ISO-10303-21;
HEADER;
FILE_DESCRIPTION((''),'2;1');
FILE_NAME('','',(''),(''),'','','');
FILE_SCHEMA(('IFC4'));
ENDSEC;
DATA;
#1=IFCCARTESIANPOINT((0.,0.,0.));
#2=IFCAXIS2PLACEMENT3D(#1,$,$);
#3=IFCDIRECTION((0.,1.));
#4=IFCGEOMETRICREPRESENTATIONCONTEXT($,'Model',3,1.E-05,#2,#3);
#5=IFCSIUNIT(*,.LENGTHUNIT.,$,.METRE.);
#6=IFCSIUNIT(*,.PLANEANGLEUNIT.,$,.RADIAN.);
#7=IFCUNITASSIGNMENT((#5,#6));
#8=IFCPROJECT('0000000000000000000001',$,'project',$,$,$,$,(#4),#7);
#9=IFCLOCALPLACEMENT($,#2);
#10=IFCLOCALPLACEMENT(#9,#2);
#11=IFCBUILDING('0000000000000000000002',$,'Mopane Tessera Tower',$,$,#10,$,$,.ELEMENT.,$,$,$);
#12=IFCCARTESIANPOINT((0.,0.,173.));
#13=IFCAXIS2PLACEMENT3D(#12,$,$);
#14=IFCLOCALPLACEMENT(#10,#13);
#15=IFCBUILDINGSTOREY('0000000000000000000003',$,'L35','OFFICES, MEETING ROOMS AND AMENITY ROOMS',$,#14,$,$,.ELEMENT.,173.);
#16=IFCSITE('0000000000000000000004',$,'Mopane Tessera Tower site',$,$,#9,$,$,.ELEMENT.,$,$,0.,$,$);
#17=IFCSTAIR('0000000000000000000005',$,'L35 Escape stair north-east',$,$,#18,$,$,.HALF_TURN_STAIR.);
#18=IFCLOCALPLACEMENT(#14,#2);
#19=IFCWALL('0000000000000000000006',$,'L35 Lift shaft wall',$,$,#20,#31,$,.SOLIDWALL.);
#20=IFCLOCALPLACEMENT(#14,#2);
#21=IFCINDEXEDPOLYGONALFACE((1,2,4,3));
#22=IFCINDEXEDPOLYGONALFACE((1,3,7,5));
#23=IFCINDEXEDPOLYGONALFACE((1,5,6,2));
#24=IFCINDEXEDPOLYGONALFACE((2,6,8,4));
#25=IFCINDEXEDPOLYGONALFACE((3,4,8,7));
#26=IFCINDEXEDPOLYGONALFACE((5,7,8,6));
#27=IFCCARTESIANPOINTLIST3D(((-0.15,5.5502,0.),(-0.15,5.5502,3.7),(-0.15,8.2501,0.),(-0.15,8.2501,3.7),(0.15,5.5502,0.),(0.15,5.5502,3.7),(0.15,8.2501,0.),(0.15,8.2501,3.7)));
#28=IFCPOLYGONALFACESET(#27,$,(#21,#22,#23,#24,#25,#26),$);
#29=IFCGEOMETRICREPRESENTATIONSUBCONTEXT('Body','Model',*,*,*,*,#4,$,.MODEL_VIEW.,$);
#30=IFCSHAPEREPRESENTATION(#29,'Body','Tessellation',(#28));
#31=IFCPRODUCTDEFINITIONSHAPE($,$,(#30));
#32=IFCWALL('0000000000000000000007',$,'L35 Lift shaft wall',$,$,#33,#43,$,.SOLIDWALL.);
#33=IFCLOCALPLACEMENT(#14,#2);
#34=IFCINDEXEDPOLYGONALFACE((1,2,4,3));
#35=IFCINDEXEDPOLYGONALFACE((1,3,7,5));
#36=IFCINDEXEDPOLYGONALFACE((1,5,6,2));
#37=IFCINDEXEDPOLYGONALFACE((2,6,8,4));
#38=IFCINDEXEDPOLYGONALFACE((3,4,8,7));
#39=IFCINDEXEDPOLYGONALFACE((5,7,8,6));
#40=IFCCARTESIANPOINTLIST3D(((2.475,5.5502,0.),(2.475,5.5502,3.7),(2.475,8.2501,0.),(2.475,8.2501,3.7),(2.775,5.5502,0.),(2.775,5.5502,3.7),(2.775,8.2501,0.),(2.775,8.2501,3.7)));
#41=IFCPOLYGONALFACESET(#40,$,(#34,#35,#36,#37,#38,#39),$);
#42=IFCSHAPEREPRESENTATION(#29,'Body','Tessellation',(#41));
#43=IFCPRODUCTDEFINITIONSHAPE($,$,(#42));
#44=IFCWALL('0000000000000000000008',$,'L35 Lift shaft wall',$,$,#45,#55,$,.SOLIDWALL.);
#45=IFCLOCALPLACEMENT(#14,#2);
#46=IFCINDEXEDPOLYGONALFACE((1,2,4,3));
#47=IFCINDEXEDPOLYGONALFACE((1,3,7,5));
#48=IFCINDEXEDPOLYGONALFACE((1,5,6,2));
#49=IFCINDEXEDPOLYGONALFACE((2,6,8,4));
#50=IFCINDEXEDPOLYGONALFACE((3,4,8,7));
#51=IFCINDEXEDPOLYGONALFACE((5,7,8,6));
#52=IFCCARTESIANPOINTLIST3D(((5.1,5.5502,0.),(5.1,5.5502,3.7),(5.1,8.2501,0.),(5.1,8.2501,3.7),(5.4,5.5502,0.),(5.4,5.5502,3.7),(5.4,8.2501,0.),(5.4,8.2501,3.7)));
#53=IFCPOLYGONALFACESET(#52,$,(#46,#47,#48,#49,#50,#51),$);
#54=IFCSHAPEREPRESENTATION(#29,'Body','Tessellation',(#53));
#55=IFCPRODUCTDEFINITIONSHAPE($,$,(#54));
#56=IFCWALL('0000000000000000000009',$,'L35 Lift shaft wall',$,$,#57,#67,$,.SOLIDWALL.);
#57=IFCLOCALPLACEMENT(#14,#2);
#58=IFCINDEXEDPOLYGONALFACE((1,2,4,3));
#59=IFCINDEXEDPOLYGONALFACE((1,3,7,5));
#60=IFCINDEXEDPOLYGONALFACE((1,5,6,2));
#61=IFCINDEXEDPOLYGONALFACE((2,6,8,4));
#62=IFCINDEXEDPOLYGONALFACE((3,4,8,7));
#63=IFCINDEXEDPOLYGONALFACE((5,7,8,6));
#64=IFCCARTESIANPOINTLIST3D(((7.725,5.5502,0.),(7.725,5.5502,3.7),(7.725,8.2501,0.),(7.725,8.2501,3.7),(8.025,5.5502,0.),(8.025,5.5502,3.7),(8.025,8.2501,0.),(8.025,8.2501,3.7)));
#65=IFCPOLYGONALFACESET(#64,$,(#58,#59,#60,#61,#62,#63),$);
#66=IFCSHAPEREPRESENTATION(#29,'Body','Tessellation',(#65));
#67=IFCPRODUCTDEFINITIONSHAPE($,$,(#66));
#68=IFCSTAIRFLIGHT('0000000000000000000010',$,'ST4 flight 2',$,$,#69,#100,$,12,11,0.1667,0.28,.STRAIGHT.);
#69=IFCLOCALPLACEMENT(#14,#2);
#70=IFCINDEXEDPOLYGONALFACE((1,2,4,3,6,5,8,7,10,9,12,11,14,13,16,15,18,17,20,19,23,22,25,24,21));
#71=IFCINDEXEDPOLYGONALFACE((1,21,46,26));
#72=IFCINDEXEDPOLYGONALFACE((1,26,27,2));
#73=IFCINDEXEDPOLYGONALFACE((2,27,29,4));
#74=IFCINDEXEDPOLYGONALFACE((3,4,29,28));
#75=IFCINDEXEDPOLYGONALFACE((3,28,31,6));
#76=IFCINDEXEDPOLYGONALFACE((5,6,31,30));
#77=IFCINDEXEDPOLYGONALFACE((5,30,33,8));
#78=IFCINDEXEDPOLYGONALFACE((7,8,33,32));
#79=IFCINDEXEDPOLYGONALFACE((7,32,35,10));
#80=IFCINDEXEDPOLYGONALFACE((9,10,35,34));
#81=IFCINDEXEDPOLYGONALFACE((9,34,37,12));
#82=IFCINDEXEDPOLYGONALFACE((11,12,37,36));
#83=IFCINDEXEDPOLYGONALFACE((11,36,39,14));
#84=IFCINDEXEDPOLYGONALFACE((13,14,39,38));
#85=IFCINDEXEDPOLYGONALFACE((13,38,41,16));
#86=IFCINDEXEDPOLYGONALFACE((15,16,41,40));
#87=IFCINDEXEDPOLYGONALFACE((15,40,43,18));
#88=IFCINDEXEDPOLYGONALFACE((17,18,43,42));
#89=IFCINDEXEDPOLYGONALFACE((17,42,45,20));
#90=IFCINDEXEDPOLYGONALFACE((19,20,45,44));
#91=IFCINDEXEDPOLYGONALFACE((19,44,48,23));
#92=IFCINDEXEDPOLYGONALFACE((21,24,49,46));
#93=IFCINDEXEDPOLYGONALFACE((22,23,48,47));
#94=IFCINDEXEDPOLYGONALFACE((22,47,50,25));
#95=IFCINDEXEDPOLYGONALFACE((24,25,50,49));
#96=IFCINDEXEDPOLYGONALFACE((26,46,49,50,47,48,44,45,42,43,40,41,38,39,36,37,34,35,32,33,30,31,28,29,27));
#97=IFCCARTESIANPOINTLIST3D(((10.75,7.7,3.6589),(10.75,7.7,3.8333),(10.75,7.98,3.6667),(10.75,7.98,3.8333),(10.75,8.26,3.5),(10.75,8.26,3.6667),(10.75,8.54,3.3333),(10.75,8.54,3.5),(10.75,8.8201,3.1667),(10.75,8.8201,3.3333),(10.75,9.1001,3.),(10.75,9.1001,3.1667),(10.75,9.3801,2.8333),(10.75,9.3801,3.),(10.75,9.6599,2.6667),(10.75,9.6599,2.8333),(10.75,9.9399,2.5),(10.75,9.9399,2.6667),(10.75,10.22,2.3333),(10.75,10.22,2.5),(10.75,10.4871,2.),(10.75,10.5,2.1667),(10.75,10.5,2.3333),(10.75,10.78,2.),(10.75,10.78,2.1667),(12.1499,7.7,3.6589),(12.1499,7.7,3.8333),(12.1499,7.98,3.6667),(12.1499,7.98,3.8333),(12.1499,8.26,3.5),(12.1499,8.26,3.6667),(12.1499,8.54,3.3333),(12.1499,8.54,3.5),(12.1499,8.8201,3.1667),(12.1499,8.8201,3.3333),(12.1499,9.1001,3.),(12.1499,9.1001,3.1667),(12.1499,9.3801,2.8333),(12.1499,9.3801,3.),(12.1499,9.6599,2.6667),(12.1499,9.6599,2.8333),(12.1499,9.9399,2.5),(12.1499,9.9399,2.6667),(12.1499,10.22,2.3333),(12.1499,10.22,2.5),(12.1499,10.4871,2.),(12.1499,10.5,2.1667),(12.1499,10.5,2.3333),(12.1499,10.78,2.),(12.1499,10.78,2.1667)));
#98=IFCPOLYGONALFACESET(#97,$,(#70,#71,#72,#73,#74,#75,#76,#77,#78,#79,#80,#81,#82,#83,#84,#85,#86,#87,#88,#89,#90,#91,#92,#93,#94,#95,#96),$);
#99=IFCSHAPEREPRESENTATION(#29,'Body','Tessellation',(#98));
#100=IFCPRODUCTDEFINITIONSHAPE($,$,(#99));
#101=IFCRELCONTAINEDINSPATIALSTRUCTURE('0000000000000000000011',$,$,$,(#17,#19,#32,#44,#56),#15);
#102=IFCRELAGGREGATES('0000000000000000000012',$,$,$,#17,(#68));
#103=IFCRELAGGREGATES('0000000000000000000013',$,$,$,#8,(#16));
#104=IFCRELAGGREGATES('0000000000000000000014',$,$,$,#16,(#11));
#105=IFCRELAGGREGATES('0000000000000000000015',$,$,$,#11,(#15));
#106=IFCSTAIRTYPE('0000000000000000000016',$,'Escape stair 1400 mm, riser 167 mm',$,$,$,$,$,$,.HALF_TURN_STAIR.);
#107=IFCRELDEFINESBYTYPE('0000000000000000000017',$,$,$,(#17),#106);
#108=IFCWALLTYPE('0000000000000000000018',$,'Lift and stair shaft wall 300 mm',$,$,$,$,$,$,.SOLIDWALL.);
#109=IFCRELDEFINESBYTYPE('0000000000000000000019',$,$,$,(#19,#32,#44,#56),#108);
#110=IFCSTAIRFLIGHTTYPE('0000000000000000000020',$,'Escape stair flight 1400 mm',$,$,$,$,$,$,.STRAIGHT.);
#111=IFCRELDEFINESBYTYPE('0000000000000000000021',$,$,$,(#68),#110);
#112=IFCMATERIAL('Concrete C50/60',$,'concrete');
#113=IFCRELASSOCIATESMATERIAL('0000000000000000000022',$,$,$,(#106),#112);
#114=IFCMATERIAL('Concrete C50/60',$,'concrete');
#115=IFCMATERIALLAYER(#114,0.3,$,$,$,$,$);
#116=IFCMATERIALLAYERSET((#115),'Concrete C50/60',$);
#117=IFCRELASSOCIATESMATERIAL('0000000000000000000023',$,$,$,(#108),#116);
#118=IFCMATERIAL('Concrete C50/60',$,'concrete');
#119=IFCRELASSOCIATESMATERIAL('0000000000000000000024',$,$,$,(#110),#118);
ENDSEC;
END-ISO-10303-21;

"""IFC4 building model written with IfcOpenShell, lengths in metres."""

from ifc_helpers import new_model, si_unit, direction, frame, frame_2d, origin, place, context, subcontext, project, spatial, polyline, rectangle, outline, extrude, material, layer, layer_set, type_object, element, aggregate, save


model = new_model("IFC4")

# Units and contexts
model_context = context("Model", 3, precision=1e-05, world=origin(), true_north=direction((0.0, 1.0)))
body_context = subcontext(model_context, "Body", "Model", "MODEL_VIEW")
ifc_project = project(units=[si_unit("LENGTHUNIT", "METRE"), si_unit("PLANEANGLEUNIT", "RADIAN")], contexts=[model_context])

# Site, building, storey
site_placement = place(None, origin())
site = spatial("IfcSite", under=ifc_project, at=site_placement, Name="Mopane Tessera Tower site", CompositionType="ELEMENT", RefElevation=0.0)
building_placement = place(site_placement, origin())
building = spatial("IfcBuilding", under=site, at=building_placement, Name="Mopane Tessera Tower", CompositionType="ELEMENT")
storey_placement = place(building_placement, frame((0.0, 0.0, 173.0)))
storey = spatial("IfcBuildingStorey", under=building, at=storey_placement, Name="L35", Description="OFFICES, MEETING ROOMS AND AMENITY ROOMS", CompositionType="ELEMENT", Elevation=173.0)

# Stair
ifc_material_1 = material(Name="Concrete C50/60", Category="concrete")
stair_type = type_object("IfcStairType", Name="Escape stair 1400 mm, riser 167 mm", PredefinedType="HALF_TURN_STAIR", material=ifc_material_1)
stair_1_placement = place(storey_placement, origin())
stair_1 = element("IfcStair", 1, at=stair_1_placement, inside=storey, type_object=stair_type, Name="L35 Escape stair north-east", PredefinedType="HALF_TURN_STAIR")

# Shared definitions
ifc_material_2 = material(Name="Concrete C50/60", Category="concrete")
ifc_layer_1 = layer(ifc_material_2, 0.3)
ifc_layer_set_1 = layer_set([ifc_layer_1], Name="Concrete C50/60")
wall_type_1 = type_object("IfcWallType", Name="Lift and stair shaft wall 300 mm", PredefinedType="SOLIDWALL", material=ifc_layer_set_1)

# Walls
for number, where, z_axis, x_axis, name in (
    (2, (0.0, 5.55, 0.0), (0.0, 0.0, 1.0), (0.0, 1.0, 0.0), "L35 Lift shaft wall"),
    (3, (2.625, 5.55, 0.0), (0.0, 0.0, 1.0), (0.0, 1.0, 0.0), "L35 Lift shaft wall"),
    (4, (5.25, 5.55, 0.0), (0.0, 0.0, 1.0), (0.0, 1.0, 0.0), "L35 Lift shaft wall"),
    (5, (7.875, 5.55, 0.0), (0.0, 0.0, 1.0), (0.0, 1.0, 0.0), "L35 Lift shaft wall"),
):
    element("IfcWall", number, at=place(storey_placement, frame(where, z_axis=z_axis, x_axis=x_axis)), inside=storey, type_object=wall_type_1, Name=name, PredefinedType="SOLIDWALL", context=body_context, shape_type="SweptSolid", body=[
        extrude(rectangle(XDim=2.7, YDim=0.3, at=frame_2d((1.3501, 0.0))), origin(), (0.0, 0.0, 1.0), 3.7),
    ])

# Stair flight
ifc_material_3 = material(Name="Concrete C50/60", Category="concrete")
stair_flight_type = type_object("IfcStairFlightType", Name="Escape stair flight 1400 mm", PredefinedType="STRAIGHT", material=ifc_material_3)
stair_flight_placement = place(storey_placement, frame((11.45, 10.78, 2.0), z_axis=(0.0, 0.0, 1.0), x_axis=(0.0, -1.0, 0.0)))
stair_flight = element("IfcStairFlight", 6, at=stair_flight_placement, type_object=stair_flight_type, Name="ST4 flight 2", NumberOfRisers=12, NumberOfTreads=11, PredefinedType="STRAIGHT", RiserHeight=0.1667, TreadLength=0.28, context=body_context, shape_type="SweptSolid", body=[
    extrude(outline(polyline([(0.0, 0.0), (0.0, 0.1667), (0.28, 0.1667), (0.28, 0.3333), (0.5601, 0.3333), (0.5601, 0.5), (0.8401, 0.5), (0.8401, 0.6667), (1.1201, 0.6667), (1.1201, 0.8333), (1.3999, 0.8333), (1.3999, 1.0), (1.6799, 1.0), (1.6799, 1.1667), (1.96, 1.1667), (1.96, 1.3333), (2.24, 1.3333), (2.24, 1.5), (2.52, 1.5), (2.52, 1.6667), (2.8, 1.6667), (2.8, 1.8333), (3.0801, 1.8333), (3.0801, 2.0), (3.0801, 1.6589), (0.293, 0.0), (0.0, 0.0)])), frame((0.0, 0.7, 0.0), z_axis=(0.0, -1.0, 0.0), x_axis=(1.0, 0.0, 0.0)), (0.0, 0.0, 1.0), 1.3999),
])
aggregate(stair_1, [stair_flight])

save(model, "model.ifc")
